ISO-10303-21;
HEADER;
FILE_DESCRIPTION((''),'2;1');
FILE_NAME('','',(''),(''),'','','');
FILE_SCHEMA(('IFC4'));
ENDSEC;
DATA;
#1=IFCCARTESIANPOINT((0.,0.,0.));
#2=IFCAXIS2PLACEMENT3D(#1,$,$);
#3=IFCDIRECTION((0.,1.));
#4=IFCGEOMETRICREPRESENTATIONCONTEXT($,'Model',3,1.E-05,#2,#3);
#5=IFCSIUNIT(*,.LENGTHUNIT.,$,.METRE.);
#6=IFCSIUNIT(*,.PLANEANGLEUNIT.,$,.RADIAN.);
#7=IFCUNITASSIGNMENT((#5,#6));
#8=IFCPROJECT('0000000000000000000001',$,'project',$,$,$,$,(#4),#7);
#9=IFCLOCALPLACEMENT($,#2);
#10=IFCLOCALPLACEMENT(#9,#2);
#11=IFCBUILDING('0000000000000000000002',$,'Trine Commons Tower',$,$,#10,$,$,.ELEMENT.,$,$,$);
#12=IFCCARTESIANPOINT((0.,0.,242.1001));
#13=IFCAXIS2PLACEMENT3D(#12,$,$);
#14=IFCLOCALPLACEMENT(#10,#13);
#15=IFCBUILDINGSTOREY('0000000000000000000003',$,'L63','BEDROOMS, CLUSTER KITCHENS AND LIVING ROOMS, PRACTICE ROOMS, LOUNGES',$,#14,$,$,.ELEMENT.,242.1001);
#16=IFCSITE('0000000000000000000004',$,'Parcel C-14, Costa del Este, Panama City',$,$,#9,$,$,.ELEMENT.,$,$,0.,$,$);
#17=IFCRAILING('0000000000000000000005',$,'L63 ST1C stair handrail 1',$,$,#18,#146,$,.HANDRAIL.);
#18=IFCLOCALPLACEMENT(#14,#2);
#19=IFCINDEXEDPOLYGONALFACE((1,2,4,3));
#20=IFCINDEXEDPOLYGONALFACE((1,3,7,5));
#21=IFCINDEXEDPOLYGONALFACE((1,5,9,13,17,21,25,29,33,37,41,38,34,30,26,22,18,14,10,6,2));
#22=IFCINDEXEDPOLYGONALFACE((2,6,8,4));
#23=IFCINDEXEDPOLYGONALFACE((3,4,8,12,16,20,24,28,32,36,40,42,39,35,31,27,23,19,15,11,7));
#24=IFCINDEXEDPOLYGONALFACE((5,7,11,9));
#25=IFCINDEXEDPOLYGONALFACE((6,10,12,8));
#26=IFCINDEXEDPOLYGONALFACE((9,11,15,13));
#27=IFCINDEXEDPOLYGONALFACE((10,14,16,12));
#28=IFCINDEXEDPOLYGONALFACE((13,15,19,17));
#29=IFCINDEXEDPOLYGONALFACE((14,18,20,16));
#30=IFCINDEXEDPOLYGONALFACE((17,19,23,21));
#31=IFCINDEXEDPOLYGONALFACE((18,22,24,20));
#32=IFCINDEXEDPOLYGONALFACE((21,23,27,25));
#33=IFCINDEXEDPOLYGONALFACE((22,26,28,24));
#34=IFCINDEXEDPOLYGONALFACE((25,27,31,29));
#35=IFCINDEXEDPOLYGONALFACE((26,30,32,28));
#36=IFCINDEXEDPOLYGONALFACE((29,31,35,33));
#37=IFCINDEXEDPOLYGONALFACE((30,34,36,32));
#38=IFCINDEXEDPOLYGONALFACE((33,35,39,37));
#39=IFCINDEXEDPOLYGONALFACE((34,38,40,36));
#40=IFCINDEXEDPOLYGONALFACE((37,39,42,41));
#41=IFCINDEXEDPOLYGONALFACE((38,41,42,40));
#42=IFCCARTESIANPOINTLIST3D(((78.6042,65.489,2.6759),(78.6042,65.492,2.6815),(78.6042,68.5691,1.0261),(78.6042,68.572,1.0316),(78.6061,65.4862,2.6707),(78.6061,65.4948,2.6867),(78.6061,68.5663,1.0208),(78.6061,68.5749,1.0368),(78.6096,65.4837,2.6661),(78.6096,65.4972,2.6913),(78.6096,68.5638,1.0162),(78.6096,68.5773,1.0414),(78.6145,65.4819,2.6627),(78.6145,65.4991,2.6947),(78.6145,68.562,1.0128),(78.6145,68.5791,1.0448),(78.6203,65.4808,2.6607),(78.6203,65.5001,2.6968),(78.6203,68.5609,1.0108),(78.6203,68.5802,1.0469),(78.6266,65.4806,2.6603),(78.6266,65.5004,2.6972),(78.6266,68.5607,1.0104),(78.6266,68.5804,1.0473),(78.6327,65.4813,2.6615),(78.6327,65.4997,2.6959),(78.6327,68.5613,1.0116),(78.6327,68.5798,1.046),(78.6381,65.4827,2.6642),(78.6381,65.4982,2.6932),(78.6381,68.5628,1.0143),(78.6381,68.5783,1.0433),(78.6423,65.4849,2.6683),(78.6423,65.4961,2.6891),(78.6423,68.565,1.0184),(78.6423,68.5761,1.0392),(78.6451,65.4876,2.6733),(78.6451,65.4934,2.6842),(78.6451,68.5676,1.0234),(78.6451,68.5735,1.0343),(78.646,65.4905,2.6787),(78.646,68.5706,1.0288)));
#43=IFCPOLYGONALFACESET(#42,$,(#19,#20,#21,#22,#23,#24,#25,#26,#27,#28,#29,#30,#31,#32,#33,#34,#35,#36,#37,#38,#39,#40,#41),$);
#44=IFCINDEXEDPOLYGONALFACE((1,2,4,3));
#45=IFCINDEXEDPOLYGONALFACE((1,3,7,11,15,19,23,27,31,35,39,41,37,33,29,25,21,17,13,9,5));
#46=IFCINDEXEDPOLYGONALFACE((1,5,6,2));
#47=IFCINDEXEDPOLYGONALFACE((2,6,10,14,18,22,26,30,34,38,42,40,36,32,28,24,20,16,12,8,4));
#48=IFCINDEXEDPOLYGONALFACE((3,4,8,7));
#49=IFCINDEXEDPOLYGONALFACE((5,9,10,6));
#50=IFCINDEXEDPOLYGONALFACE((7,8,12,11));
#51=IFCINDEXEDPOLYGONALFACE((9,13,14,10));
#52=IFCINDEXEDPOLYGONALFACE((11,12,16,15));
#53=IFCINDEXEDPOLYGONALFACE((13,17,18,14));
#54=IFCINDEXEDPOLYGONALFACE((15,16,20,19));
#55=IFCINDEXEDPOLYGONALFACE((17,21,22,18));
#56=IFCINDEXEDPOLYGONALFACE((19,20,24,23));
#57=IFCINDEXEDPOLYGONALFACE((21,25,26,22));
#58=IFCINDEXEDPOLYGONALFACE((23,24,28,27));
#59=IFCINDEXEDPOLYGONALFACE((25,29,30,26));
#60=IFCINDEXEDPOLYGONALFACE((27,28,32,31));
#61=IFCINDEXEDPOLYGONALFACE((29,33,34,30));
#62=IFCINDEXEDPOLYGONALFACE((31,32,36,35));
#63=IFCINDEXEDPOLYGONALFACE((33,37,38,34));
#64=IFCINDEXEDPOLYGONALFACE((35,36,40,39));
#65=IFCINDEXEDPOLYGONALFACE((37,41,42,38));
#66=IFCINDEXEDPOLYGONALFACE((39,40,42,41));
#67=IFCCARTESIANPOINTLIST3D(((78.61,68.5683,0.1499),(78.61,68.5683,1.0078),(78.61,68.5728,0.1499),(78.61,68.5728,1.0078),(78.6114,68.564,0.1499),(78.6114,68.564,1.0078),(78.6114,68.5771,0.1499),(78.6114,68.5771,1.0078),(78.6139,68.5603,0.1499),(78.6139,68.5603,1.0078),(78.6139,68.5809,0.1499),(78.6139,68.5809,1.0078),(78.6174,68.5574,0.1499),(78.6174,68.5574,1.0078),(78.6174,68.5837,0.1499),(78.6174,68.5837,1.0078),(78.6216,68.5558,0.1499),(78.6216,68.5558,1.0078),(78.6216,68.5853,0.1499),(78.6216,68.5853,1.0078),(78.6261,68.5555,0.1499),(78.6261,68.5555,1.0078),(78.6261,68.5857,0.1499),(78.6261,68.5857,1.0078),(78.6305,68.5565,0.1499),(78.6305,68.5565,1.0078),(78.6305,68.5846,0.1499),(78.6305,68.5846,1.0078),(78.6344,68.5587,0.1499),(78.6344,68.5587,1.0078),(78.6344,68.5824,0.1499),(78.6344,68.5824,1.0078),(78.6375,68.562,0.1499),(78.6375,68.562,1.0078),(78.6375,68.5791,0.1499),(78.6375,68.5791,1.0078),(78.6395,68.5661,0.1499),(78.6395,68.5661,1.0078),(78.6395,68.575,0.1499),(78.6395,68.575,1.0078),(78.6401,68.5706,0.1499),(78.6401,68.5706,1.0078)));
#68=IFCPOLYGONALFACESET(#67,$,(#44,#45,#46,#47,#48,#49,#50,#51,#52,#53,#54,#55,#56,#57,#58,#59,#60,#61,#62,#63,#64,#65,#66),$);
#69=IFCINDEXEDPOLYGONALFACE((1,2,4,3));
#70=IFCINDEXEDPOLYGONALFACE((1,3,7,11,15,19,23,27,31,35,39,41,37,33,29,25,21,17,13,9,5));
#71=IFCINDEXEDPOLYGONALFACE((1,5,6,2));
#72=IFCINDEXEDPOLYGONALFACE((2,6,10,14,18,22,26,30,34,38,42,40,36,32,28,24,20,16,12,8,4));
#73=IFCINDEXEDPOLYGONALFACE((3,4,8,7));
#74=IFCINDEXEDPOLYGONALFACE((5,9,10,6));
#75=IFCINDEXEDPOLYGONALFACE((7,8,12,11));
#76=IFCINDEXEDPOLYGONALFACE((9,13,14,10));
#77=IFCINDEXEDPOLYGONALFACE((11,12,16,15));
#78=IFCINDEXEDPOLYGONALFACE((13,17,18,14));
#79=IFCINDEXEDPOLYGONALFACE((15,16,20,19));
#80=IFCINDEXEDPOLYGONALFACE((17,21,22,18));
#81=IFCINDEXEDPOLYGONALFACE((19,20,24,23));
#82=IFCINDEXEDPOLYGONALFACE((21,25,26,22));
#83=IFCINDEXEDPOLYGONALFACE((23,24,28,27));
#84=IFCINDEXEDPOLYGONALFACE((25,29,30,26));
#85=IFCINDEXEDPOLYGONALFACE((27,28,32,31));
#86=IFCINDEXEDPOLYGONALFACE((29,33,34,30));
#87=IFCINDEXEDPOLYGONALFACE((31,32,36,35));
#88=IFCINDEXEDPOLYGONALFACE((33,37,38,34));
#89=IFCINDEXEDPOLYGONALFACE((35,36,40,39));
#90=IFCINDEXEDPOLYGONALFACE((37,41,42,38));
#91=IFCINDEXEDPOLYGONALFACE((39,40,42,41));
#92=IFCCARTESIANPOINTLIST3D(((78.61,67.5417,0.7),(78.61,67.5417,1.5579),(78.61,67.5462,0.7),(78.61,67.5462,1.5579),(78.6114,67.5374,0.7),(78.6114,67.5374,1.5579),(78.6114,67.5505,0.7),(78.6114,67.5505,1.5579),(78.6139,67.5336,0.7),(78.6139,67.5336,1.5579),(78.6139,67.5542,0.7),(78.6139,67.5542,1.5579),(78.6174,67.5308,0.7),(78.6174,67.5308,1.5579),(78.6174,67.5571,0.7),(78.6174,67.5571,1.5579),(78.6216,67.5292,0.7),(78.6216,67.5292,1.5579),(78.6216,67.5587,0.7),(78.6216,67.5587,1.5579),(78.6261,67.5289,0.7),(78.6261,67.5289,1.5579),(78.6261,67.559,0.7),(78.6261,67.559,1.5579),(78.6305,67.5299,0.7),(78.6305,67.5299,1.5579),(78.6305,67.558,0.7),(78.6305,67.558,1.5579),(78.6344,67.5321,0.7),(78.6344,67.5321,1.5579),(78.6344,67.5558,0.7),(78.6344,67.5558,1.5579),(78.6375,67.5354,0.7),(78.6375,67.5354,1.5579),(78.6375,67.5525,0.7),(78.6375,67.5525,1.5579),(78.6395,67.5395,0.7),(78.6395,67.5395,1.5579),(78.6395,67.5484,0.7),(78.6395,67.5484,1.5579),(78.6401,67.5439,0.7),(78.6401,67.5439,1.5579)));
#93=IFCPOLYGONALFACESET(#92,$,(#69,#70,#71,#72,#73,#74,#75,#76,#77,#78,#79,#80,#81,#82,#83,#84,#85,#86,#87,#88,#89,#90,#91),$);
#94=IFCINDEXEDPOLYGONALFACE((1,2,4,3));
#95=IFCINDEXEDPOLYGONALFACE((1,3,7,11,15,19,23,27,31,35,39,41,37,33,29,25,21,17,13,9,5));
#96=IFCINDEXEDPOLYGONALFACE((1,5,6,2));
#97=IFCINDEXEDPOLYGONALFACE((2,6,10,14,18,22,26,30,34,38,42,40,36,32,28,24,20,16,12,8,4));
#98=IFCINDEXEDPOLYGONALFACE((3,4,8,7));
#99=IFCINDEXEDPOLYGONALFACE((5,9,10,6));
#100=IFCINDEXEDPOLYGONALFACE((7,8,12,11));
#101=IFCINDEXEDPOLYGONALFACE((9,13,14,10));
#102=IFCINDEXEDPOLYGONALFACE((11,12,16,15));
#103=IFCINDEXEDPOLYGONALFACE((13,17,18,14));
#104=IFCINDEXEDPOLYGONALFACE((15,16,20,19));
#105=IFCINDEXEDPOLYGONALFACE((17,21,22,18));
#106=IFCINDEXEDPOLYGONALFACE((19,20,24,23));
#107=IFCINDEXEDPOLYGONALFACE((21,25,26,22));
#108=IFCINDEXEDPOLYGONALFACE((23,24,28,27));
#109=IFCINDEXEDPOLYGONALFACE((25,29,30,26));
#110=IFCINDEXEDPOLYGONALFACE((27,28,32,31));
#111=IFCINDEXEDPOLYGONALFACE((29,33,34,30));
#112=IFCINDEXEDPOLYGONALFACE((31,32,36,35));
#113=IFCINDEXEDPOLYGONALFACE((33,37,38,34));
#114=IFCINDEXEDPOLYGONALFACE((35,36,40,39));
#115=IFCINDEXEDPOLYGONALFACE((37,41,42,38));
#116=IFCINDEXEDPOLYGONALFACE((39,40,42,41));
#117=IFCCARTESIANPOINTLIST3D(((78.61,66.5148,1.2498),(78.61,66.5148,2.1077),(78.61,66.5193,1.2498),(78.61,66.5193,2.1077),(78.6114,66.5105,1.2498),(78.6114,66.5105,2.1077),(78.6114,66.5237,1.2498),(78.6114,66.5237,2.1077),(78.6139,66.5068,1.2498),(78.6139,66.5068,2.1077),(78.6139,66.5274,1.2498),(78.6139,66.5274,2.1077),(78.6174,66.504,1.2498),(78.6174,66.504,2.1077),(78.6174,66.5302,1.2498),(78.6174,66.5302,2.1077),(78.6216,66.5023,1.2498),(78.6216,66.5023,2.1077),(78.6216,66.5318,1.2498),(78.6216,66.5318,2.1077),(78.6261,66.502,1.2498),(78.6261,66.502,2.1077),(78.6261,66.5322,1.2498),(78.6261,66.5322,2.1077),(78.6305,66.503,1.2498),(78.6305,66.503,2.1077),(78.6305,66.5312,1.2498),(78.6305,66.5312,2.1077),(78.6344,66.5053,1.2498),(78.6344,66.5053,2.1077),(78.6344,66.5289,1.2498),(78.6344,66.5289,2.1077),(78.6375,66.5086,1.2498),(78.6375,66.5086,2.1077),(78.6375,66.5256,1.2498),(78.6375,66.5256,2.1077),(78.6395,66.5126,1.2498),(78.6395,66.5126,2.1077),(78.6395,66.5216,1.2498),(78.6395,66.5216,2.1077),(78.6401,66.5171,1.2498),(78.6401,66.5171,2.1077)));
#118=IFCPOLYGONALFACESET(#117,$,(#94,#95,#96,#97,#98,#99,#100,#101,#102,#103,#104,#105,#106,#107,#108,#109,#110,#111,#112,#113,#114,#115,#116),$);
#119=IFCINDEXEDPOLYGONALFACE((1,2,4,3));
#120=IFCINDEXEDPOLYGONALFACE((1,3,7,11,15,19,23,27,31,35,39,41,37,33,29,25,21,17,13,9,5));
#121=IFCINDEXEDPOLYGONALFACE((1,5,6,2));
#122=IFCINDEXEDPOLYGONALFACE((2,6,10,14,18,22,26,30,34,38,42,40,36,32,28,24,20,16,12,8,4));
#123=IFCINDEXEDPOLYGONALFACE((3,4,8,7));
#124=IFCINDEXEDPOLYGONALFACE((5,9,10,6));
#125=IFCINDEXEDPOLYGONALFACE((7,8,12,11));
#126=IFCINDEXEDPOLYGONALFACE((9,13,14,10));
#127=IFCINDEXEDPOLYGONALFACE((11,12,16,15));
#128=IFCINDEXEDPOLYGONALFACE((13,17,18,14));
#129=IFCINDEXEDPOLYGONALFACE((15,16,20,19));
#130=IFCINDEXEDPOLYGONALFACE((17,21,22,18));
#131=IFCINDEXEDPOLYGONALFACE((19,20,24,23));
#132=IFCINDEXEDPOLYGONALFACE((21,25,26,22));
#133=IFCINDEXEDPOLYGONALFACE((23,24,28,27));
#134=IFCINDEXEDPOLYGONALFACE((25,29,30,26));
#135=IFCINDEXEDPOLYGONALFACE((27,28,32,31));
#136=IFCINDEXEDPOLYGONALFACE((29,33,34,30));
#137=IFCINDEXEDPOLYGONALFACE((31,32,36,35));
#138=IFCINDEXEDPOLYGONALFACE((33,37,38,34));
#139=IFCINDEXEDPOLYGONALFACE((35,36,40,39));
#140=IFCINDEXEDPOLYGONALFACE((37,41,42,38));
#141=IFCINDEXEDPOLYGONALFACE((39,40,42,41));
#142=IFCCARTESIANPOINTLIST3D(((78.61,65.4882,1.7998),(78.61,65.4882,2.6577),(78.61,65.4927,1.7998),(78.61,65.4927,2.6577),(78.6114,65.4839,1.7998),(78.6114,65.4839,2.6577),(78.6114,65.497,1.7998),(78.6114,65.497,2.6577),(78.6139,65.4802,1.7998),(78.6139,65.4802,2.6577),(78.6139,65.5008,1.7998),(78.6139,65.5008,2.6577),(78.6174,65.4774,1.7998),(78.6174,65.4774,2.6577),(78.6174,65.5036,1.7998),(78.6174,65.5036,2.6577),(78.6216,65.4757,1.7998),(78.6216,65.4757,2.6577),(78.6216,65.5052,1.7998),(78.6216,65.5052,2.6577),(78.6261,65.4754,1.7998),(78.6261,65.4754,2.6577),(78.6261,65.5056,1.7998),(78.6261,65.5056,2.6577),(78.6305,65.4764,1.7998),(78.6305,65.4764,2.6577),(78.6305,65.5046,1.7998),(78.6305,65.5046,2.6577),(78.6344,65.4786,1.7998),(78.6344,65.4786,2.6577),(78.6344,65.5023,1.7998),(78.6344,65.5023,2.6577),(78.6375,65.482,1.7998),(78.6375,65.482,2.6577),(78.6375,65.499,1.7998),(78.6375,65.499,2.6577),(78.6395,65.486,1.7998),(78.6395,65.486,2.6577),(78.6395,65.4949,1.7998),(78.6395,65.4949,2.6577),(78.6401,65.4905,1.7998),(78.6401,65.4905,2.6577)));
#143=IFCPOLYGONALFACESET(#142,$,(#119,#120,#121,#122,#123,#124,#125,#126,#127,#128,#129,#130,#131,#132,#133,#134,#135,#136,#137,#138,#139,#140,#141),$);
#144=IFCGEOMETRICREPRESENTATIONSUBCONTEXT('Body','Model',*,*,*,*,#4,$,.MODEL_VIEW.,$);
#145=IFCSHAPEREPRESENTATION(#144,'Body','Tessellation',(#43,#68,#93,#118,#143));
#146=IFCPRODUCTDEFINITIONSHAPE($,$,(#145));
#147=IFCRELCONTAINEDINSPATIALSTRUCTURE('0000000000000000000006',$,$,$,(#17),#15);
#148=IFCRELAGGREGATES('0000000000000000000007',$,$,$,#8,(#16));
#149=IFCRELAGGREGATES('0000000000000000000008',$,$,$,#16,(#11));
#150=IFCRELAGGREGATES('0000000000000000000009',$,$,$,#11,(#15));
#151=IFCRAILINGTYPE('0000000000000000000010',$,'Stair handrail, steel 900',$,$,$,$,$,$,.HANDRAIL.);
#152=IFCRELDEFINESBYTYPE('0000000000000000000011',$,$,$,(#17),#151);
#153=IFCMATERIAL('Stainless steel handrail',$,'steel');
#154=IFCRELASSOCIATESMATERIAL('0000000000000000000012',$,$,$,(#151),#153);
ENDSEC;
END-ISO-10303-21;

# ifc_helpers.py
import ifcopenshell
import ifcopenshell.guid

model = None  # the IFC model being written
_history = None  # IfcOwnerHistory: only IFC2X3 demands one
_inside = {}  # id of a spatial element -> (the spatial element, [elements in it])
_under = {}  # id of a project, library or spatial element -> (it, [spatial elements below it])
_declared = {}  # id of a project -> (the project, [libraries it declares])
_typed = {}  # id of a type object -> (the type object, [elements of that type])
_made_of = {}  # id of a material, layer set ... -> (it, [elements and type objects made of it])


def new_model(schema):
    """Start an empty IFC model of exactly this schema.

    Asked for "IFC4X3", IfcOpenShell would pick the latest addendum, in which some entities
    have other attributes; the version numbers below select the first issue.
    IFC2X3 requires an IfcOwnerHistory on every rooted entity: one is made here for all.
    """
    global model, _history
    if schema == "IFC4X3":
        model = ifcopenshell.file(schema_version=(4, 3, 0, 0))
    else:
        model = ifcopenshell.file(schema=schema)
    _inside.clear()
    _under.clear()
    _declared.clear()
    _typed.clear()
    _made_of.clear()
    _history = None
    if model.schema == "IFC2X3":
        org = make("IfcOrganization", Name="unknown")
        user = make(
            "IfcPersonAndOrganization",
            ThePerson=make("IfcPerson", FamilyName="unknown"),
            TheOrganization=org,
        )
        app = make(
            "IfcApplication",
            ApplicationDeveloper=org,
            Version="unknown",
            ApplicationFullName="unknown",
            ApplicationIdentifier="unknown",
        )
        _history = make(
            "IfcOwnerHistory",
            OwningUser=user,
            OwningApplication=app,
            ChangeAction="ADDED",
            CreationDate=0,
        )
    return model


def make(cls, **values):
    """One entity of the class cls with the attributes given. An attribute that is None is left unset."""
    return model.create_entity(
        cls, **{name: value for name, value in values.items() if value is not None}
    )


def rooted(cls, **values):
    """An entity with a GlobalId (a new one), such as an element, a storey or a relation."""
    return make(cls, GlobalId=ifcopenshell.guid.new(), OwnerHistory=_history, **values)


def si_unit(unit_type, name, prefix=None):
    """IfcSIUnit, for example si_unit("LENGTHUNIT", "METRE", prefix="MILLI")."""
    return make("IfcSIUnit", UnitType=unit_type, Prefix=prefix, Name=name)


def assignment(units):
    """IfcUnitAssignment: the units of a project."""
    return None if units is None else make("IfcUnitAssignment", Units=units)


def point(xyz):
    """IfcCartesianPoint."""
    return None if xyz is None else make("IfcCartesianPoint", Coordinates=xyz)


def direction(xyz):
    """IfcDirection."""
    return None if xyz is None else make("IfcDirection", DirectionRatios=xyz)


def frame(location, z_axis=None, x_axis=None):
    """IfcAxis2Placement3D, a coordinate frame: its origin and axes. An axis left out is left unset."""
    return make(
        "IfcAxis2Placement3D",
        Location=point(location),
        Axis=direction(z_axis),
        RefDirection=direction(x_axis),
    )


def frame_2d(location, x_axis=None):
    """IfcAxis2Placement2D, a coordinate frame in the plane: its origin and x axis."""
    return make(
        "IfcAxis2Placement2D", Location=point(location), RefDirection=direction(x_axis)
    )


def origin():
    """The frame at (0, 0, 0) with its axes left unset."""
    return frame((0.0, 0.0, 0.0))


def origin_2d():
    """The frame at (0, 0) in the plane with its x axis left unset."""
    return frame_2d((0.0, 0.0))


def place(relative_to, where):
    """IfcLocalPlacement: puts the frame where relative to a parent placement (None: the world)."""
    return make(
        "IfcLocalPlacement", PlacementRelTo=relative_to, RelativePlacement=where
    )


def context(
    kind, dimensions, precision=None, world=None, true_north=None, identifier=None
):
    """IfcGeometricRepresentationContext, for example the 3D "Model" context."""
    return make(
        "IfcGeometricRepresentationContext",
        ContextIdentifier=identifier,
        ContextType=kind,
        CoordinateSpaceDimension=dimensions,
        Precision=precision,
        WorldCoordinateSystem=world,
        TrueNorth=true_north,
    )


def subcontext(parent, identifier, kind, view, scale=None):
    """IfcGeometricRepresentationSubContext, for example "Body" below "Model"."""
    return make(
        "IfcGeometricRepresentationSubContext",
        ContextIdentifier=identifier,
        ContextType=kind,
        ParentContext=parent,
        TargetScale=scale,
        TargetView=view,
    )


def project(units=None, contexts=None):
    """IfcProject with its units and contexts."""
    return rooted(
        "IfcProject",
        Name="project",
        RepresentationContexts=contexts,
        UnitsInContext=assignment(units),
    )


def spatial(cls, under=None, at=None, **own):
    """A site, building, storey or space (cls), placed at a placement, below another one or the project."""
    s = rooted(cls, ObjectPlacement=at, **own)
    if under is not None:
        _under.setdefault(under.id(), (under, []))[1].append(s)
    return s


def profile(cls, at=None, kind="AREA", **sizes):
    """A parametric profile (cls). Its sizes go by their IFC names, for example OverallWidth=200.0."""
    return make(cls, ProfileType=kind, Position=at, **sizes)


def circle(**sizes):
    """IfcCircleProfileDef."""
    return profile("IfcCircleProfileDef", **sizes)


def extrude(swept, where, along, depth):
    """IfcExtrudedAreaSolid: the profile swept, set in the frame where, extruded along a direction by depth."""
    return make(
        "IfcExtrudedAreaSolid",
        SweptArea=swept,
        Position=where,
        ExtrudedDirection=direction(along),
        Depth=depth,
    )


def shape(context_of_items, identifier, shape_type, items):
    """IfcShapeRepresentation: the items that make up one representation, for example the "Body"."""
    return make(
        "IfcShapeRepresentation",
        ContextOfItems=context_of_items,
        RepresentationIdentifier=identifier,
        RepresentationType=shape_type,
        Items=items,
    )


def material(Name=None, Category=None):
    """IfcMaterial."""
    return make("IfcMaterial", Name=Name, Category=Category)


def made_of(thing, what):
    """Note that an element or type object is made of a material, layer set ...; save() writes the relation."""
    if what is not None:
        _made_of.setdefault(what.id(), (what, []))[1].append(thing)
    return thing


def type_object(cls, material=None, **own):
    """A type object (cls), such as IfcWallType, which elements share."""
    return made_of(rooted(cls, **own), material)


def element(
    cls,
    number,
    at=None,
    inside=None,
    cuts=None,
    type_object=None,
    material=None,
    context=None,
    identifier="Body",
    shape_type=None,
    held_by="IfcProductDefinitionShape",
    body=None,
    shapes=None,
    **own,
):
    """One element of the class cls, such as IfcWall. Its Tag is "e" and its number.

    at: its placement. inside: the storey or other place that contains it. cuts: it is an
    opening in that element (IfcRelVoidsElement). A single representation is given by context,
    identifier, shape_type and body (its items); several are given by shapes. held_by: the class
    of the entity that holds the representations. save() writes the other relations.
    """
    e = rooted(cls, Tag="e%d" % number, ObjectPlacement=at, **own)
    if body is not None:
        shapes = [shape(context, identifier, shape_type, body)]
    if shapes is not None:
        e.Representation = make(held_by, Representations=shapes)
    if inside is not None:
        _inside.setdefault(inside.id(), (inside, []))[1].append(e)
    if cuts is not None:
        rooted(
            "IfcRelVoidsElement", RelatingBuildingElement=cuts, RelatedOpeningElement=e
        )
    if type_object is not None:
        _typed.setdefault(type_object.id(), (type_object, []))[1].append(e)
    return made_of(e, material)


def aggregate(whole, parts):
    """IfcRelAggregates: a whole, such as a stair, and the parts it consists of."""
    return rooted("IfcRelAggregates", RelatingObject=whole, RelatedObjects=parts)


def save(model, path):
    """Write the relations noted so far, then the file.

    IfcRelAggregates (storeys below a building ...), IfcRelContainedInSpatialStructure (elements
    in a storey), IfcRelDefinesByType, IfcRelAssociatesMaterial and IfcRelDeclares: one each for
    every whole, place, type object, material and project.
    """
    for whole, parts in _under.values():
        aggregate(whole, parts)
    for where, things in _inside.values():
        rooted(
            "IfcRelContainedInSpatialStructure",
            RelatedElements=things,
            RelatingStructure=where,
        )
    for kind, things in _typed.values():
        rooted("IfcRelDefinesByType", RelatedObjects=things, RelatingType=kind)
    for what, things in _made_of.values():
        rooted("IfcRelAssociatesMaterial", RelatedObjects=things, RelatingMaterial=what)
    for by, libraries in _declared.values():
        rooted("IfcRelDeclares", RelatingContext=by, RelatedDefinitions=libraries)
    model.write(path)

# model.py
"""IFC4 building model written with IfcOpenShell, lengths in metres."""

from ifc_helpers import new_model, si_unit, direction, frame, origin, origin_2d, place, context, subcontext, project, spatial, circle, extrude, material, type_object, element, save


model = new_model("IFC4")

# Units and contexts
model_context = context("Model", 3, precision=1e-05, world=origin(), true_north=direction((0.0, 1.0)))
body_context = subcontext(model_context, "Body", "Model", "MODEL_VIEW")
ifc_project = project(units=[si_unit("LENGTHUNIT", "METRE"), si_unit("PLANEANGLEUNIT", "RADIAN")], contexts=[model_context])

# Site, building, storey
site_placement = place(None, origin())
site = spatial("IfcSite", under=ifc_project, at=site_placement, Name="Parcel C-14, Costa del Este, Panama City", CompositionType="ELEMENT", RefElevation=0.0)
building_placement = place(site_placement, origin())
building = spatial("IfcBuilding", under=site, at=building_placement, Name="Trine Commons Tower", CompositionType="ELEMENT")
storey_placement = place(building_placement, frame((0.0, 0.0, 242.1001)))
storey = spatial("IfcBuildingStorey", under=building, at=storey_placement, Name="L63", Description="BEDROOMS, CLUSTER KITCHENS AND LIVING ROOMS, PRACTICE ROOMS, LOUNGES", CompositionType="ELEMENT", Elevation=242.1001)

# Railing
ifc_material_1 = material(Name="Stainless steel handrail", Category="steel")
railing_type = type_object("IfcRailingType", Name="Stair handrail, steel 900", PredefinedType="HANDRAIL", material=ifc_material_1)
railing_placement = place(storey_placement, frame((78.625, 68.5706, 0.1499)))
element("IfcRailing", 1, at=railing_placement, inside=storey, type_object=railing_type, Name="L63 ST1C stair handrail 1", PredefinedType="HANDRAIL", context=body_context, shape_type="SweptSolid", body=[
    extrude(circle(Radius=0.021, at=origin_2d()), frame((0.0, 0.0, 0.8789), z_axis=(0.0, -0.881497, 0.47219), x_axis=(1.0, 0.0, 0.0)), (0.0, 0.0, 1.0), 3.4941),
    extrude(circle(Radius=0.0151, at=origin_2d()), origin(), (0.0, 0.0, 1.0), 0.8579),
    extrude(circle(Radius=0.0151, at=origin_2d()), frame((0.0, -1.0266, 0.55)), (0.0, 0.0, 1.0), 0.8579),
    extrude(circle(Radius=0.0151, at=origin_2d()), frame((0.0, -2.0535, 1.0999)), (0.0, 0.0, 1.0), 0.8579),
    extrude(circle(Radius=0.0151, at=origin_2d()), frame((0.0, -3.0801, 1.6499)), (0.0, 0.0, 1.0), 0.8579),
])

save(model, "model.ifc")
